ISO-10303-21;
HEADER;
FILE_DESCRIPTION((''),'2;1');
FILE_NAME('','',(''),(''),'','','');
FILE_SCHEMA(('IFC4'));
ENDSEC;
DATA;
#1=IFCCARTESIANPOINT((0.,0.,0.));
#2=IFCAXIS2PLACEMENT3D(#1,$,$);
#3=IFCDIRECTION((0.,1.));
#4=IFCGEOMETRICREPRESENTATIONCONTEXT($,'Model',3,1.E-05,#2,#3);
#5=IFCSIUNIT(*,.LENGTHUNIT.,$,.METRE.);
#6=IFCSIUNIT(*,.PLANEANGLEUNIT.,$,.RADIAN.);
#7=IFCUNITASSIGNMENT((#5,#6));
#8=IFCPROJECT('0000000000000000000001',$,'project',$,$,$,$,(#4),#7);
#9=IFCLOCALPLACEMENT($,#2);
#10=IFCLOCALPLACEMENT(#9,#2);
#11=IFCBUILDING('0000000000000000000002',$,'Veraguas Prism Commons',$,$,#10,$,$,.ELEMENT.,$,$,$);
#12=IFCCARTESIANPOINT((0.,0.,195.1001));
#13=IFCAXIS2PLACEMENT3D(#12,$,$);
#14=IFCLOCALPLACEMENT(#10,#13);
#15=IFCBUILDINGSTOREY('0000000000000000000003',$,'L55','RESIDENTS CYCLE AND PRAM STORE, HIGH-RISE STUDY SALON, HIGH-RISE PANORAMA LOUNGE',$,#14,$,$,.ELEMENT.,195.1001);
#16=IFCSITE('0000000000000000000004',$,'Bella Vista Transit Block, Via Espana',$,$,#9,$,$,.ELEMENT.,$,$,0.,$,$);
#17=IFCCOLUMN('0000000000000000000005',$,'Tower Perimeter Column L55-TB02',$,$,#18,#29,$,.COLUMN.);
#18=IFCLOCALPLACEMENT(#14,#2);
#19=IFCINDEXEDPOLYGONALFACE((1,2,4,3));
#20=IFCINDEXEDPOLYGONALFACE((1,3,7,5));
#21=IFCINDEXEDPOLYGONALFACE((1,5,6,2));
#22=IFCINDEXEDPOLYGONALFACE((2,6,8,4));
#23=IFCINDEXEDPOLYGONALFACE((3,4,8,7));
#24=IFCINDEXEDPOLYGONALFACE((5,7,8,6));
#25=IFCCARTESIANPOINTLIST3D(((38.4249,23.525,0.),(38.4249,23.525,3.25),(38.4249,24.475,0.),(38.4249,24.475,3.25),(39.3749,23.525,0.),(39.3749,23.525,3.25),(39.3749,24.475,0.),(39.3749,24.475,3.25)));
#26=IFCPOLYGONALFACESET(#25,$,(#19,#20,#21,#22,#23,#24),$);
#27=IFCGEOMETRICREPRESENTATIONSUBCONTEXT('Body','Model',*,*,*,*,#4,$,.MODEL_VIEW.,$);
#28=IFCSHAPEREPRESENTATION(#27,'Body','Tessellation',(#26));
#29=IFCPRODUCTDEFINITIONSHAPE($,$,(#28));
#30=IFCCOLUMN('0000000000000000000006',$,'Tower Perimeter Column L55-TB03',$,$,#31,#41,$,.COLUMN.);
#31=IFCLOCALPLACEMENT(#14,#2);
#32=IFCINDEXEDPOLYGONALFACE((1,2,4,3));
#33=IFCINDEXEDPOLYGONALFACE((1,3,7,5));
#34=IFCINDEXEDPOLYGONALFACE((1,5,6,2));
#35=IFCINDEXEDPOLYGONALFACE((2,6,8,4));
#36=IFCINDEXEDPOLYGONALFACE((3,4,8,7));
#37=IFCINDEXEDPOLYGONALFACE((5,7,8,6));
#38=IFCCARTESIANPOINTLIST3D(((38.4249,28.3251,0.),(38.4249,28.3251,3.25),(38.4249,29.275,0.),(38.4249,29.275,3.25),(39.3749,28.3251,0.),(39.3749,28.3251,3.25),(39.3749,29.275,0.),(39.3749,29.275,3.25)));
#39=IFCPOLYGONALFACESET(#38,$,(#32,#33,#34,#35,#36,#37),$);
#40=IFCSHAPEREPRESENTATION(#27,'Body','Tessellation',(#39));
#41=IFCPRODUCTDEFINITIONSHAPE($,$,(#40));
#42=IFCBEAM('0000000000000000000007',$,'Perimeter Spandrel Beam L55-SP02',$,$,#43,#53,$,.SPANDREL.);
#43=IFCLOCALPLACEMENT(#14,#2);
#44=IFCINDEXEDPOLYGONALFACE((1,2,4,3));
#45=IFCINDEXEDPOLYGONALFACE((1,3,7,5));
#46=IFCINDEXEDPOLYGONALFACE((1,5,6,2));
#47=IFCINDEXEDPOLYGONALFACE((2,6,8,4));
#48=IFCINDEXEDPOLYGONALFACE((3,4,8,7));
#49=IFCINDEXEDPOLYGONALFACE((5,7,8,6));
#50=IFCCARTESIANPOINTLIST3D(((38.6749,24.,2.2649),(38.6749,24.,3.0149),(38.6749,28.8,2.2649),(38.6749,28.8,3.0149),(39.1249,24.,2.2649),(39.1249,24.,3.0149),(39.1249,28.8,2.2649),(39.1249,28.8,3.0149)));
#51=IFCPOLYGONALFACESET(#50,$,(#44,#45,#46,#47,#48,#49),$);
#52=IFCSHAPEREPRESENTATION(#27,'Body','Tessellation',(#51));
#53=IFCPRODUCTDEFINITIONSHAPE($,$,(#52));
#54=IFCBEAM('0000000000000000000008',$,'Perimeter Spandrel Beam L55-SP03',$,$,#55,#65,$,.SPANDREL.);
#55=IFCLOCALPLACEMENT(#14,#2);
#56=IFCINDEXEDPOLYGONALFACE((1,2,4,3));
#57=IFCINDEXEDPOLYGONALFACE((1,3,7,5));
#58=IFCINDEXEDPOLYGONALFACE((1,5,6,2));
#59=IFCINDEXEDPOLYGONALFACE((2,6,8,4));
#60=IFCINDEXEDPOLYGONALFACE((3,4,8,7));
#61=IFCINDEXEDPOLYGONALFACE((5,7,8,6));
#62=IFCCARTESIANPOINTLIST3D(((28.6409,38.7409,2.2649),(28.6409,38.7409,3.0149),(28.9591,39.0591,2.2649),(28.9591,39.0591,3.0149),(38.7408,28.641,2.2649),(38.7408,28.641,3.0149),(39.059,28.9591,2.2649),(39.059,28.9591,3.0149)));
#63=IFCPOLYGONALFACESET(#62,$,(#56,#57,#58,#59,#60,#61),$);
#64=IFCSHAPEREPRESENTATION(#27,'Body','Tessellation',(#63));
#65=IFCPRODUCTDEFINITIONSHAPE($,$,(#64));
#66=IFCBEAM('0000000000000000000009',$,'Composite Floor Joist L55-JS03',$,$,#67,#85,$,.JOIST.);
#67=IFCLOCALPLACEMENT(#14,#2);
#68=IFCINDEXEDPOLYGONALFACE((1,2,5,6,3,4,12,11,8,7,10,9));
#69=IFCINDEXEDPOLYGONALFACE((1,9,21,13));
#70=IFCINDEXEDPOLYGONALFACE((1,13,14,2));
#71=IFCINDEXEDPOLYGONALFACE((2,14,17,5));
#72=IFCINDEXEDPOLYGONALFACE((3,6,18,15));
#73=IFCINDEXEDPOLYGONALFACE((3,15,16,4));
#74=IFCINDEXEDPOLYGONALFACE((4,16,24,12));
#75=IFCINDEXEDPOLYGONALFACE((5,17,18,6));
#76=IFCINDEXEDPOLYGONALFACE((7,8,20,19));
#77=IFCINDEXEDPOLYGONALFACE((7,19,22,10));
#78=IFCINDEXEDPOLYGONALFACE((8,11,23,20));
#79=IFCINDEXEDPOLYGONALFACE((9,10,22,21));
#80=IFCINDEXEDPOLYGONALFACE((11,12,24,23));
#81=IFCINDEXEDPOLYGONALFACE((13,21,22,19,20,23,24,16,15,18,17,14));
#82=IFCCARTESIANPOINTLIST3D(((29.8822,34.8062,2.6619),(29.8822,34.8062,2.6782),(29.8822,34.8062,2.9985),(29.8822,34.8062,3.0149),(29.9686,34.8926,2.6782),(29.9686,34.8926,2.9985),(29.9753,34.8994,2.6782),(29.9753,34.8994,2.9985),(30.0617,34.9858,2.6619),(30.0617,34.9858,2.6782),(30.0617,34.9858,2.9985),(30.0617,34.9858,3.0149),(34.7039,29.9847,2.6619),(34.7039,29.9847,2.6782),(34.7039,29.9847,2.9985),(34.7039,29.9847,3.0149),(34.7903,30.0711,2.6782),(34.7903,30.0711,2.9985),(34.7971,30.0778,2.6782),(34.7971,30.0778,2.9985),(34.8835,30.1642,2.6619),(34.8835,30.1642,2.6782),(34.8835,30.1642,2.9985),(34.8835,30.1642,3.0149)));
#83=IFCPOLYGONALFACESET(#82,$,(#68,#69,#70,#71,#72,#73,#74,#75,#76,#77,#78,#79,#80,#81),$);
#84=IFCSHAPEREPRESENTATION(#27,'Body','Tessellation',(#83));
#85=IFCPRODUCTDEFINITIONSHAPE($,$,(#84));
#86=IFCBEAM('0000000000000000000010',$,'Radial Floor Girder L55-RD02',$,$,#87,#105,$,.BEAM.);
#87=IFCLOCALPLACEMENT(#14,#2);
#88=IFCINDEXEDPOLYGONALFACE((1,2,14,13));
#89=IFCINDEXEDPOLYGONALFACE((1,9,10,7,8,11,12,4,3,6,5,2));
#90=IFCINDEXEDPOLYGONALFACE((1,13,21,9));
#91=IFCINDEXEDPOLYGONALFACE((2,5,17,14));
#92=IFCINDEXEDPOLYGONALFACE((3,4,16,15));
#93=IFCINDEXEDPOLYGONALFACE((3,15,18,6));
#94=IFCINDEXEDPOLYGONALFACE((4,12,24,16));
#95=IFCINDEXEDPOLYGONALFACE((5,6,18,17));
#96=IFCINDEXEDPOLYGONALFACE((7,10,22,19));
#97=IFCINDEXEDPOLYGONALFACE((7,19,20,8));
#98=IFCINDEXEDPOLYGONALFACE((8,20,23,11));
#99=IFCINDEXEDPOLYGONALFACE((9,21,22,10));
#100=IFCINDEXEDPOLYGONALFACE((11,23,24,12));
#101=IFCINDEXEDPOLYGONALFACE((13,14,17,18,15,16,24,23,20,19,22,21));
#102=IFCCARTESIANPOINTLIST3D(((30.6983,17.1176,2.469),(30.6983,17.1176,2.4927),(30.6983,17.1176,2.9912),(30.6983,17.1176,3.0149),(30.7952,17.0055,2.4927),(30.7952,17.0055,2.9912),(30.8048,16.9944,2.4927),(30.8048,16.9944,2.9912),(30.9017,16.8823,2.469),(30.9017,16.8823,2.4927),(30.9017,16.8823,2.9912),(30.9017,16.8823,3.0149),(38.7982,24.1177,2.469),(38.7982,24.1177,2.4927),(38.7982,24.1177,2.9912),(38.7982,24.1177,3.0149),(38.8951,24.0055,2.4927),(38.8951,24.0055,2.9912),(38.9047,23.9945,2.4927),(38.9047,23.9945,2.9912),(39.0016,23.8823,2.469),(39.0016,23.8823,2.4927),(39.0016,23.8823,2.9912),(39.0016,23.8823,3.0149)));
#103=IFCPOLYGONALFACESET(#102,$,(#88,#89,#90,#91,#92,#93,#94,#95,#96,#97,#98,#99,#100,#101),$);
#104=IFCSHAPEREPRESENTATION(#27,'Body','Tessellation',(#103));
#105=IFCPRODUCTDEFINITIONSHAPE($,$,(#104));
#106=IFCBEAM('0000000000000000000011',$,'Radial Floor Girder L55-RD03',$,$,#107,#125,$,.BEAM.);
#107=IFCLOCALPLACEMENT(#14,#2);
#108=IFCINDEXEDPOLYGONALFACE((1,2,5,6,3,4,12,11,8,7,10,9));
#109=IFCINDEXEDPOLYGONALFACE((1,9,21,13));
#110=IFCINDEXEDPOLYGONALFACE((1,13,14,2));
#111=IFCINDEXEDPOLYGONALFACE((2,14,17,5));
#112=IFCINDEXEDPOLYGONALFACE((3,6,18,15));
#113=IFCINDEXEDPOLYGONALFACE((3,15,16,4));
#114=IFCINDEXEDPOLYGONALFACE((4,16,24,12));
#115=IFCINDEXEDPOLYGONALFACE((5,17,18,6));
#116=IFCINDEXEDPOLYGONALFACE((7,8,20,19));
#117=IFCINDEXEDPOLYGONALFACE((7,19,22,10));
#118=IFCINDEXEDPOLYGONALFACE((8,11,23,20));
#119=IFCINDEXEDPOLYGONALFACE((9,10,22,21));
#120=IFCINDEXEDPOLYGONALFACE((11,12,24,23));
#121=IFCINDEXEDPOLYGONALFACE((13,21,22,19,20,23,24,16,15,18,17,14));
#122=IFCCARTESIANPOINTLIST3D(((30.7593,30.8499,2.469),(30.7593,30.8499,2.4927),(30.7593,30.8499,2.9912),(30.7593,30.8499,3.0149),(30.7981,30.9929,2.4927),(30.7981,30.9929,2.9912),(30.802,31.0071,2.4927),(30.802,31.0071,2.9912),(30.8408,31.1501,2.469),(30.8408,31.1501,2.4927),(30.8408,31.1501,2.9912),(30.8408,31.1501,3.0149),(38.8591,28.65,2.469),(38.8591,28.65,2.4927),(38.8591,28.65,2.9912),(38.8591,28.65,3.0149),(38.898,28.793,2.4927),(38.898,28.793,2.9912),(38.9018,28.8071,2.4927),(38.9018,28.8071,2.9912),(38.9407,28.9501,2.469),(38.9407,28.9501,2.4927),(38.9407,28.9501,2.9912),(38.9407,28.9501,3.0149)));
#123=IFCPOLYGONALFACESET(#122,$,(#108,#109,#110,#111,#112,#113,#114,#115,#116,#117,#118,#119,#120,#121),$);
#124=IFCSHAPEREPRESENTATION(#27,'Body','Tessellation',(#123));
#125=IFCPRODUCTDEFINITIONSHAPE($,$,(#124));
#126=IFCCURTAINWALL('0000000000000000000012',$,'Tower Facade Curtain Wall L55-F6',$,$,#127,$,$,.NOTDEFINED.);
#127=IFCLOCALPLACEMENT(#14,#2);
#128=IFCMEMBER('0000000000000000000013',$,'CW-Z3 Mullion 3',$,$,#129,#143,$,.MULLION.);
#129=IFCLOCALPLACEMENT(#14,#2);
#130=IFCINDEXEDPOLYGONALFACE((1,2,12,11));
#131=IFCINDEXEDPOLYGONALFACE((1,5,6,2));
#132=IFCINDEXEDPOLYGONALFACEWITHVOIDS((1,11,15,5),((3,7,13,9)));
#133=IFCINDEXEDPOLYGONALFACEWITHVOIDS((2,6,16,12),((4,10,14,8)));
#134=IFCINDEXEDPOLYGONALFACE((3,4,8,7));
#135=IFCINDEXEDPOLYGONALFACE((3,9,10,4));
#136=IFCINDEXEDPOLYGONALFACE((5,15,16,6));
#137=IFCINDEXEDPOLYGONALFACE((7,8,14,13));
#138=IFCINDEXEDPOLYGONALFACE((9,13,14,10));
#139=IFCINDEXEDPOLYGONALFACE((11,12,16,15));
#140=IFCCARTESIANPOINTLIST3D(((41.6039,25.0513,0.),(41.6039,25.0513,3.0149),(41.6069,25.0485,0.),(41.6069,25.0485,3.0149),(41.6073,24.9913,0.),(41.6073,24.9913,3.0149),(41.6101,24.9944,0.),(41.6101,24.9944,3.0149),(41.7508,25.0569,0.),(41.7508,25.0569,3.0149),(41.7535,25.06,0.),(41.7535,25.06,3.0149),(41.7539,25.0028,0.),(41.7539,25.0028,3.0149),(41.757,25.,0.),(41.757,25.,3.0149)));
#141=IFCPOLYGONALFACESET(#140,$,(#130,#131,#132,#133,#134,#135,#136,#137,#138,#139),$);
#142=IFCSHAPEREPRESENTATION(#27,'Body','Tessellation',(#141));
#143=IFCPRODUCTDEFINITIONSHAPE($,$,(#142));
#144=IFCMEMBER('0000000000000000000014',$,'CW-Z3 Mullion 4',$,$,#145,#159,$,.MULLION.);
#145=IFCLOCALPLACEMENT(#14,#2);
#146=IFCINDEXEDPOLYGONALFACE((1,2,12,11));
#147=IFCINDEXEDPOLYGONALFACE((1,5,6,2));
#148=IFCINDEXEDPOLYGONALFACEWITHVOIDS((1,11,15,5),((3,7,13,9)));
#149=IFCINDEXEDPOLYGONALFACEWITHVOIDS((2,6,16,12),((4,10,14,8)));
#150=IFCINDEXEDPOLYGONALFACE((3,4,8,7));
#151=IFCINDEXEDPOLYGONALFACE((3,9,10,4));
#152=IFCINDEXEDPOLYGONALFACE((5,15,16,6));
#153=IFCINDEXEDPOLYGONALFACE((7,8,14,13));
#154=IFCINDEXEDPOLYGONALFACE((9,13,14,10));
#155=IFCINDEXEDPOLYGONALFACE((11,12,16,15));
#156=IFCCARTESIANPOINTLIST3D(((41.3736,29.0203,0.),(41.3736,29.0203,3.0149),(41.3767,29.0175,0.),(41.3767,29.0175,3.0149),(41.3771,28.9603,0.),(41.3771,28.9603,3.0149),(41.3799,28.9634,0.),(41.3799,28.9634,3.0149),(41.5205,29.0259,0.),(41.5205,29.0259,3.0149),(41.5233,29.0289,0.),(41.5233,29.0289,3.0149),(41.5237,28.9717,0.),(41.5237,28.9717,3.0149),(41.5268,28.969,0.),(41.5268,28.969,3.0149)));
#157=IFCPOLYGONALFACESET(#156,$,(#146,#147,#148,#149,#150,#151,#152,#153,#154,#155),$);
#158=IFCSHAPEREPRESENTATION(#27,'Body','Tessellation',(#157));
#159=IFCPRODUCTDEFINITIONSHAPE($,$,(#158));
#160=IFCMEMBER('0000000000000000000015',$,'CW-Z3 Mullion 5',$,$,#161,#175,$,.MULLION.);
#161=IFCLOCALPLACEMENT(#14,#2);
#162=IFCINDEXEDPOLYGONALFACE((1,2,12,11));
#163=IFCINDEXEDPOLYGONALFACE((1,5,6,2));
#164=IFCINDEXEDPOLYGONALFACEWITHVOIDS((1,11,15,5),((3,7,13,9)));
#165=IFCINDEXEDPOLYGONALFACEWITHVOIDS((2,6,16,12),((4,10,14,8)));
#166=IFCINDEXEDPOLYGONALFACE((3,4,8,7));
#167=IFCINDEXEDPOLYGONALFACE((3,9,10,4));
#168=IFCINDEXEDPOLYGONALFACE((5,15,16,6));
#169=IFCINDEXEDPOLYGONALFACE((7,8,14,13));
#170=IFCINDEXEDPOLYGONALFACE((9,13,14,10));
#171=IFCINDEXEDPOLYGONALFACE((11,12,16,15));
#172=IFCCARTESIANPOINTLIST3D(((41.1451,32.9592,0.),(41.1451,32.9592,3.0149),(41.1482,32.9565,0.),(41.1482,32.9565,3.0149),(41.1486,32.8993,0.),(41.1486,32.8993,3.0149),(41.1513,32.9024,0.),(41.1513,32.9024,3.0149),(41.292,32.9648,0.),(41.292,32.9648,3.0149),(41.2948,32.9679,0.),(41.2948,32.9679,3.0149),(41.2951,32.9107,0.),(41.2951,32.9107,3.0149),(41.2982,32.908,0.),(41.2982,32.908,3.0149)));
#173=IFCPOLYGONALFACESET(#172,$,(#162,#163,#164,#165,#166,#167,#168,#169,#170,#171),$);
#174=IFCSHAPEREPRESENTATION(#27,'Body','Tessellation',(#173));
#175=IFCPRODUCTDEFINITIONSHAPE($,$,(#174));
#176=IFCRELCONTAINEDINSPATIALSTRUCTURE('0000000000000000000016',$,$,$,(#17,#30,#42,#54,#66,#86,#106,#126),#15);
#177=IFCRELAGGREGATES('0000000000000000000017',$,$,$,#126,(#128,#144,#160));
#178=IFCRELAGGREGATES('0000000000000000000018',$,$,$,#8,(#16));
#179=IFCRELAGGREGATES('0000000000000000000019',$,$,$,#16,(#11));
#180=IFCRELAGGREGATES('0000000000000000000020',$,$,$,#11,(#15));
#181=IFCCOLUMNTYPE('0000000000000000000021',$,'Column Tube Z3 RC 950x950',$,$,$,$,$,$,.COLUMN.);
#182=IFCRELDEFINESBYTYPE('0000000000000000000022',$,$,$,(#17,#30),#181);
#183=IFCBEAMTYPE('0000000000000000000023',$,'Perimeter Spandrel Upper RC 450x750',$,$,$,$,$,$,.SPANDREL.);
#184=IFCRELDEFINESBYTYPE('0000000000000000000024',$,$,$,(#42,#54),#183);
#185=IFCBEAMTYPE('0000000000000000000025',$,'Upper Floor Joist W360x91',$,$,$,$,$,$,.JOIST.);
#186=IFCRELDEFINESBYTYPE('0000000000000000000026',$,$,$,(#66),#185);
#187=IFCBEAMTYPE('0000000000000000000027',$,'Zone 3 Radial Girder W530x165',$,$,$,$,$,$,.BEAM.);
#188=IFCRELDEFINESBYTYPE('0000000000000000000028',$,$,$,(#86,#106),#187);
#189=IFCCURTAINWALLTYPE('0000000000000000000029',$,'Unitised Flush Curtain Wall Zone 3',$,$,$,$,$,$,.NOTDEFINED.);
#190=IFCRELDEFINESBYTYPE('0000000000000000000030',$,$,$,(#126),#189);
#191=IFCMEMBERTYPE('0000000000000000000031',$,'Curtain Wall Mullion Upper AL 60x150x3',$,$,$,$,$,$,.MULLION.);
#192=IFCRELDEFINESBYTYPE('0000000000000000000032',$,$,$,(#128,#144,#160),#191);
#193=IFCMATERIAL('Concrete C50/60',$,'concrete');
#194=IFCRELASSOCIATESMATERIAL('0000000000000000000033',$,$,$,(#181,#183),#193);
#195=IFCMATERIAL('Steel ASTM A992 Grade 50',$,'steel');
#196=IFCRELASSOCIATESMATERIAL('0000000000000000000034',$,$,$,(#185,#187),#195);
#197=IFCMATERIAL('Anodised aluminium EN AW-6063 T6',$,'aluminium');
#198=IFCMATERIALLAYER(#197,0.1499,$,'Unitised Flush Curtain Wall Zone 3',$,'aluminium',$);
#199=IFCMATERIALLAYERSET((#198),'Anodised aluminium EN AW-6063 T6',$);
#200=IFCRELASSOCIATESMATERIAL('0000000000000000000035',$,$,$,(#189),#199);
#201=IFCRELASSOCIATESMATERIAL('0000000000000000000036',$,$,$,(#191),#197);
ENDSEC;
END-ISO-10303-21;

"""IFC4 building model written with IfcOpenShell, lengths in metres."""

from ifc_helpers import new_model, si_unit, direction, frame, origin, origin_2d, place, context, subcontext, project, spatial, rectangle, hollow_rectangle, i_section, extrude, source, transform, mapped, material, layer, layer_set, material_profile, profile_set, type_object, element, aggregate, save


model = new_model("IFC4")

# Units and contexts
model_context = context("Model", 3, precision=1e-05, world=origin(), true_north=direction((0.0, 1.0)))
body_context = subcontext(model_context, "Body", "Model", "MODEL_VIEW")
ifc_project = project(units=[si_unit("LENGTHUNIT", "METRE"), si_unit("PLANEANGLEUNIT", "RADIAN")], contexts=[model_context])

# Site, building, storey
site_placement = place(None, origin())
site = spatial("IfcSite", under=ifc_project, at=site_placement, Name="Bella Vista Transit Block, Via Espana", CompositionType="ELEMENT", RefElevation=0.0)
building_placement = place(site_placement, origin())
building = spatial("IfcBuilding", under=site, at=building_placement, Name="Veraguas Prism Commons", CompositionType="ELEMENT")
storey_placement = place(building_placement, frame((0.0, 0.0, 195.1001)))
storey = spatial("IfcBuildingStorey", under=building, at=storey_placement, Name="L55", Description="RESIDENTS CYCLE AND PRAM STORE, HIGH-RISE STUDY SALON, HIGH-RISE PANORAMA LOUNGE", CompositionType="ELEMENT", Elevation=195.1001)

# Columns
ifc_material_1 = material(Name="Concrete C50/60", Category="concrete")
ifc_material_profile_1 = material_profile(ifc_material_1, rectangle(XDim=0.95, YDim=0.95, at=origin_2d()), Name="RC950X950")
ifc_profile_set_1 = profile_set([ifc_material_profile_1], Name="Concrete C50/60")
column_type = type_object("IfcColumnType", Name="Column Tube Z3 RC 950x950", PredefinedType="COLUMN", material=ifc_profile_set_1)
for number, where, z_axis, x_axis, name in (
    (1, (38.8999, 24.0, 0.0), (0.0, 0.0, 1.0), (1.0, 0.0, 0.0), "Tower Perimeter Column L55-TB02"),
    (2, (38.8999, 28.8, 0.0), (0.0, 0.0, 1.0), (1.0, 0.0, 0.0), "Tower Perimeter Column L55-TB03"),
):
    element("IfcColumn", number, at=place(storey_placement, frame(where, z_axis=z_axis, x_axis=x_axis)), inside=storey, type_object=column_type, Name=name, PredefinedType="COLUMN", context=body_context, shape_type="SweptSolid", body=[
        extrude(rectangle(XDim=0.95, YDim=0.95, at=origin_2d()), origin(), (0.0, 0.0, 1.0), 3.25),
    ])

# Beams
ifc_material_profile_2 = material_profile(ifc_material_1, rectangle(XDim=0.45, YDim=0.75, at=origin_2d()), Name="RC450X750")
ifc_profile_set_2 = profile_set([ifc_material_profile_2], Name="Concrete C50/60")
beam_type_1 = type_object("IfcBeamType", Name="Perimeter Spandrel Upper RC 450x750", PredefinedType="SPANDREL", material=ifc_profile_set_2)
beam_1_placement = place(storey_placement, frame((38.8999, 24.0, 2.6399), z_axis=(0.0, 1.0, 0.0), x_axis=(-1.0, 0.0, 0.0)))
element("IfcBeam", 3, at=beam_1_placement, inside=storey, type_object=beam_type_1, Name="Perimeter Spandrel Beam L55-SP02", PredefinedType="SPANDREL", context=body_context, shape_type="SweptSolid", body=[
    extrude(rectangle(XDim=0.45, YDim=0.75, at=origin_2d()), origin(), (0.0, 0.0, 1.0), 4.8),
])
beam_2_placement = place(storey_placement, frame((38.8999, 28.8, 2.6399), z_axis=(-0.707107, 0.707107, 0.0), x_axis=(-0.707107, -0.707107, 0.0)))
element("IfcBeam", 4, at=beam_2_placement, inside=storey, type_object=beam_type_1, Name="Perimeter Spandrel Beam L55-SP03", PredefinedType="SPANDREL", context=body_context, shape_type="SweptSolid", body=[
    extrude(rectangle(XDim=0.45, YDim=0.75, at=origin_2d()), origin(), (0.0, 0.0, 1.0), 14.2834),
])
ifc_material_2 = material(Name="Steel ASTM A992 Grade 50", Category="steel")
ifc_material_profile_3 = material_profile(ifc_material_2, i_section(OverallWidth=0.2539, OverallDepth=0.353, WebThickness=0.0095, FlangeThickness=0.0164, at=origin_2d()), Name="W360X91")
ifc_profile_set_3 = profile_set([ifc_material_profile_3], Name="Steel ASTM A992 Grade 50")
beam_type_2 = type_object("IfcBeamType", Name="Upper Floor Joist W360x91", PredefinedType="JOIST", material=ifc_profile_set_3)
beam_3_placement = place(storey_placement, frame((34.7937, 30.0745, 2.8384), z_axis=(-0.707125, 0.707089, 0.0), x_axis=(-0.707089, -0.707125, 0.0)))
element("IfcBeam", 5, at=beam_3_placement, inside=storey, type_object=beam_type_2, Name="Composite Floor Joist L55-JS03", PredefinedType="JOIST", context=body_context, shape_type="SweptSolid", body=[
    extrude(i_section(OverallWidth=0.2539, OverallDepth=0.353, WebThickness=0.0095, FlangeThickness=0.0164, at=origin_2d()), origin(), (0.0, 0.0, 1.0), 6.8188),
])
ifc_material_profile_4 = material_profile(ifc_material_2, i_section(OverallWidth=0.311, OverallDepth=0.5459, WebThickness=0.0146, FlangeThickness=0.0237, at=origin_2d()), Name="W530X165")
ifc_profile_set_4 = profile_set([ifc_material_profile_4], Name="Steel ASTM A992 Grade 50")
beam_type_3 = type_object("IfcBeamType", Name="Zone 3 Radial Girder W530x165", PredefinedType="BEAM", material=ifc_profile_set_4)
beam_4_placement = place(storey_placement, frame((38.8999, 24.0, 2.7419), z_axis=(-0.756607, -0.65387, 0.0), x_axis=(0.65387, -0.756607, 0.0)))
element("IfcBeam", 6, at=beam_4_placement, inside=storey, type_object=beam_type_3, Name="Radial Floor Girder L55-RD02", PredefinedType="BEAM", context=body_context, shape_type="SweptSolid", body=[
    extrude(i_section(OverallWidth=0.311, OverallDepth=0.5459, WebThickness=0.0146, FlangeThickness=0.0237, at=origin_2d()), origin(), (0.0, 0.0, 1.0), 10.7056),
])
beam_5_placement = place(storey_placement, frame((38.8999, 28.8, 2.7419), z_axis=(-0.965039, 0.262108, 0.0), x_axis=(-0.262108, -0.965039, 0.0)))
element("IfcBeam", 7, at=beam_5_placement, inside=storey, type_object=beam_type_3, Name="Radial Floor Girder L55-RD03", PredefinedType="BEAM", context=body_context, shape_type="SweptSolid", body=[
    extrude(i_section(OverallWidth=0.311, OverallDepth=0.5459, WebThickness=0.0146, FlangeThickness=0.0237, at=origin_2d()), origin(), (0.0, 0.0, 1.0), 8.3933),
])

# Curtain wall, members
ifc_material_3 = material(Name="Anodised aluminium EN AW-6063 T6", Category="aluminium")
ifc_layer_1 = layer(ifc_material_3, 0.1499, Name="Unitised Flush Curtain Wall Zone 3", Category="aluminium")
ifc_layer_set_1 = layer_set([ifc_layer_1], Name="Anodised aluminium EN AW-6063 T6")
curtain_wall_type = type_object("IfcCurtainWallType", Name="Unitised Flush Curtain Wall Zone 3", PredefinedType="NOTDEFINED", material=ifc_layer_set_1)
curtain_wall_placement = place(storey_placement, origin())
curtain_wall = element("IfcCurtainWall", 8, at=curtain_wall_placement, inside=storey, type_object=curtain_wall_type, Name="Tower Facade Curtain Wall L55-F6", PredefinedType="NOTDEFINED")
ifc_material_profile_5 = material_profile(ifc_material_3, hollow_rectangle(XDim=0.0601, YDim=0.1499, WallThickness=0.0029, at=origin_2d()), Name="AL60X150X3")
ifc_profile_set_5 = profile_set([ifc_material_profile_5], Name="Anodised aluminium EN AW-6063 T6")
member_type = type_object("IfcMemberType", Name="Curtain Wall Mullion Upper AL 60x150x3", PredefinedType="MULLION", material=ifc_profile_set_5)
shared_shape_1 = source(origin(), body_context, "Body", "SweptSolid", [
    extrude(hollow_rectangle(XDim=0.0601, YDim=0.1499, WallThickness=0.0029, at=origin_2d()), origin(), (0.0, 0.0, 1.0), 3.0149),
])
member_1_placement = place(storey_placement, frame((41.6804, 25.0256, 0.0), z_axis=(0.0, 0.0, 1.0), x_axis=(-0.057909, 0.998322, 0.0)))
member_1 = element("IfcMember", 9, at=member_1_placement, type_object=member_type, Name="CW-Z3 Mullion 3", PredefinedType="MULLION", context=body_context, shape_type="MappedRepresentation", body=[
    mapped(shared_shape_1, transform((0.0, 0.0, 0.0), scale=1.0)),
])
member_2_placement = place(storey_placement, frame((41.4502, 28.9946, 0.0), z_axis=(0.0, 0.0, 1.0), x_axis=(-0.057909, 0.998322, 0.0)))
member_2 = element("IfcMember", 10, at=member_2_placement, type_object=member_type, Name="CW-Z3 Mullion 4", PredefinedType="MULLION", context=body_context, shape_type="MappedRepresentation", body=[
    mapped(shared_shape_1, transform((0.0, 0.0, 0.0), scale=1.0)),
])
member_3_placement = place(storey_placement, frame((41.2217, 32.9336, 0.0), z_axis=(0.0, 0.0, 1.0), x_axis=(-0.057909, 0.998322, 0.0)))
member_3 = element("IfcMember", 11, at=member_3_placement, type_object=member_type, Name="CW-Z3 Mullion 5", PredefinedType="MULLION", context=body_context, shape_type="MappedRepresentation", body=[
    mapped(shared_shape_1, transform((0.0, 0.0, 0.0), scale=1.0)),
])
aggregate(curtain_wall, [member_1, member_2, member_3])

save(model, "model.ifc")
